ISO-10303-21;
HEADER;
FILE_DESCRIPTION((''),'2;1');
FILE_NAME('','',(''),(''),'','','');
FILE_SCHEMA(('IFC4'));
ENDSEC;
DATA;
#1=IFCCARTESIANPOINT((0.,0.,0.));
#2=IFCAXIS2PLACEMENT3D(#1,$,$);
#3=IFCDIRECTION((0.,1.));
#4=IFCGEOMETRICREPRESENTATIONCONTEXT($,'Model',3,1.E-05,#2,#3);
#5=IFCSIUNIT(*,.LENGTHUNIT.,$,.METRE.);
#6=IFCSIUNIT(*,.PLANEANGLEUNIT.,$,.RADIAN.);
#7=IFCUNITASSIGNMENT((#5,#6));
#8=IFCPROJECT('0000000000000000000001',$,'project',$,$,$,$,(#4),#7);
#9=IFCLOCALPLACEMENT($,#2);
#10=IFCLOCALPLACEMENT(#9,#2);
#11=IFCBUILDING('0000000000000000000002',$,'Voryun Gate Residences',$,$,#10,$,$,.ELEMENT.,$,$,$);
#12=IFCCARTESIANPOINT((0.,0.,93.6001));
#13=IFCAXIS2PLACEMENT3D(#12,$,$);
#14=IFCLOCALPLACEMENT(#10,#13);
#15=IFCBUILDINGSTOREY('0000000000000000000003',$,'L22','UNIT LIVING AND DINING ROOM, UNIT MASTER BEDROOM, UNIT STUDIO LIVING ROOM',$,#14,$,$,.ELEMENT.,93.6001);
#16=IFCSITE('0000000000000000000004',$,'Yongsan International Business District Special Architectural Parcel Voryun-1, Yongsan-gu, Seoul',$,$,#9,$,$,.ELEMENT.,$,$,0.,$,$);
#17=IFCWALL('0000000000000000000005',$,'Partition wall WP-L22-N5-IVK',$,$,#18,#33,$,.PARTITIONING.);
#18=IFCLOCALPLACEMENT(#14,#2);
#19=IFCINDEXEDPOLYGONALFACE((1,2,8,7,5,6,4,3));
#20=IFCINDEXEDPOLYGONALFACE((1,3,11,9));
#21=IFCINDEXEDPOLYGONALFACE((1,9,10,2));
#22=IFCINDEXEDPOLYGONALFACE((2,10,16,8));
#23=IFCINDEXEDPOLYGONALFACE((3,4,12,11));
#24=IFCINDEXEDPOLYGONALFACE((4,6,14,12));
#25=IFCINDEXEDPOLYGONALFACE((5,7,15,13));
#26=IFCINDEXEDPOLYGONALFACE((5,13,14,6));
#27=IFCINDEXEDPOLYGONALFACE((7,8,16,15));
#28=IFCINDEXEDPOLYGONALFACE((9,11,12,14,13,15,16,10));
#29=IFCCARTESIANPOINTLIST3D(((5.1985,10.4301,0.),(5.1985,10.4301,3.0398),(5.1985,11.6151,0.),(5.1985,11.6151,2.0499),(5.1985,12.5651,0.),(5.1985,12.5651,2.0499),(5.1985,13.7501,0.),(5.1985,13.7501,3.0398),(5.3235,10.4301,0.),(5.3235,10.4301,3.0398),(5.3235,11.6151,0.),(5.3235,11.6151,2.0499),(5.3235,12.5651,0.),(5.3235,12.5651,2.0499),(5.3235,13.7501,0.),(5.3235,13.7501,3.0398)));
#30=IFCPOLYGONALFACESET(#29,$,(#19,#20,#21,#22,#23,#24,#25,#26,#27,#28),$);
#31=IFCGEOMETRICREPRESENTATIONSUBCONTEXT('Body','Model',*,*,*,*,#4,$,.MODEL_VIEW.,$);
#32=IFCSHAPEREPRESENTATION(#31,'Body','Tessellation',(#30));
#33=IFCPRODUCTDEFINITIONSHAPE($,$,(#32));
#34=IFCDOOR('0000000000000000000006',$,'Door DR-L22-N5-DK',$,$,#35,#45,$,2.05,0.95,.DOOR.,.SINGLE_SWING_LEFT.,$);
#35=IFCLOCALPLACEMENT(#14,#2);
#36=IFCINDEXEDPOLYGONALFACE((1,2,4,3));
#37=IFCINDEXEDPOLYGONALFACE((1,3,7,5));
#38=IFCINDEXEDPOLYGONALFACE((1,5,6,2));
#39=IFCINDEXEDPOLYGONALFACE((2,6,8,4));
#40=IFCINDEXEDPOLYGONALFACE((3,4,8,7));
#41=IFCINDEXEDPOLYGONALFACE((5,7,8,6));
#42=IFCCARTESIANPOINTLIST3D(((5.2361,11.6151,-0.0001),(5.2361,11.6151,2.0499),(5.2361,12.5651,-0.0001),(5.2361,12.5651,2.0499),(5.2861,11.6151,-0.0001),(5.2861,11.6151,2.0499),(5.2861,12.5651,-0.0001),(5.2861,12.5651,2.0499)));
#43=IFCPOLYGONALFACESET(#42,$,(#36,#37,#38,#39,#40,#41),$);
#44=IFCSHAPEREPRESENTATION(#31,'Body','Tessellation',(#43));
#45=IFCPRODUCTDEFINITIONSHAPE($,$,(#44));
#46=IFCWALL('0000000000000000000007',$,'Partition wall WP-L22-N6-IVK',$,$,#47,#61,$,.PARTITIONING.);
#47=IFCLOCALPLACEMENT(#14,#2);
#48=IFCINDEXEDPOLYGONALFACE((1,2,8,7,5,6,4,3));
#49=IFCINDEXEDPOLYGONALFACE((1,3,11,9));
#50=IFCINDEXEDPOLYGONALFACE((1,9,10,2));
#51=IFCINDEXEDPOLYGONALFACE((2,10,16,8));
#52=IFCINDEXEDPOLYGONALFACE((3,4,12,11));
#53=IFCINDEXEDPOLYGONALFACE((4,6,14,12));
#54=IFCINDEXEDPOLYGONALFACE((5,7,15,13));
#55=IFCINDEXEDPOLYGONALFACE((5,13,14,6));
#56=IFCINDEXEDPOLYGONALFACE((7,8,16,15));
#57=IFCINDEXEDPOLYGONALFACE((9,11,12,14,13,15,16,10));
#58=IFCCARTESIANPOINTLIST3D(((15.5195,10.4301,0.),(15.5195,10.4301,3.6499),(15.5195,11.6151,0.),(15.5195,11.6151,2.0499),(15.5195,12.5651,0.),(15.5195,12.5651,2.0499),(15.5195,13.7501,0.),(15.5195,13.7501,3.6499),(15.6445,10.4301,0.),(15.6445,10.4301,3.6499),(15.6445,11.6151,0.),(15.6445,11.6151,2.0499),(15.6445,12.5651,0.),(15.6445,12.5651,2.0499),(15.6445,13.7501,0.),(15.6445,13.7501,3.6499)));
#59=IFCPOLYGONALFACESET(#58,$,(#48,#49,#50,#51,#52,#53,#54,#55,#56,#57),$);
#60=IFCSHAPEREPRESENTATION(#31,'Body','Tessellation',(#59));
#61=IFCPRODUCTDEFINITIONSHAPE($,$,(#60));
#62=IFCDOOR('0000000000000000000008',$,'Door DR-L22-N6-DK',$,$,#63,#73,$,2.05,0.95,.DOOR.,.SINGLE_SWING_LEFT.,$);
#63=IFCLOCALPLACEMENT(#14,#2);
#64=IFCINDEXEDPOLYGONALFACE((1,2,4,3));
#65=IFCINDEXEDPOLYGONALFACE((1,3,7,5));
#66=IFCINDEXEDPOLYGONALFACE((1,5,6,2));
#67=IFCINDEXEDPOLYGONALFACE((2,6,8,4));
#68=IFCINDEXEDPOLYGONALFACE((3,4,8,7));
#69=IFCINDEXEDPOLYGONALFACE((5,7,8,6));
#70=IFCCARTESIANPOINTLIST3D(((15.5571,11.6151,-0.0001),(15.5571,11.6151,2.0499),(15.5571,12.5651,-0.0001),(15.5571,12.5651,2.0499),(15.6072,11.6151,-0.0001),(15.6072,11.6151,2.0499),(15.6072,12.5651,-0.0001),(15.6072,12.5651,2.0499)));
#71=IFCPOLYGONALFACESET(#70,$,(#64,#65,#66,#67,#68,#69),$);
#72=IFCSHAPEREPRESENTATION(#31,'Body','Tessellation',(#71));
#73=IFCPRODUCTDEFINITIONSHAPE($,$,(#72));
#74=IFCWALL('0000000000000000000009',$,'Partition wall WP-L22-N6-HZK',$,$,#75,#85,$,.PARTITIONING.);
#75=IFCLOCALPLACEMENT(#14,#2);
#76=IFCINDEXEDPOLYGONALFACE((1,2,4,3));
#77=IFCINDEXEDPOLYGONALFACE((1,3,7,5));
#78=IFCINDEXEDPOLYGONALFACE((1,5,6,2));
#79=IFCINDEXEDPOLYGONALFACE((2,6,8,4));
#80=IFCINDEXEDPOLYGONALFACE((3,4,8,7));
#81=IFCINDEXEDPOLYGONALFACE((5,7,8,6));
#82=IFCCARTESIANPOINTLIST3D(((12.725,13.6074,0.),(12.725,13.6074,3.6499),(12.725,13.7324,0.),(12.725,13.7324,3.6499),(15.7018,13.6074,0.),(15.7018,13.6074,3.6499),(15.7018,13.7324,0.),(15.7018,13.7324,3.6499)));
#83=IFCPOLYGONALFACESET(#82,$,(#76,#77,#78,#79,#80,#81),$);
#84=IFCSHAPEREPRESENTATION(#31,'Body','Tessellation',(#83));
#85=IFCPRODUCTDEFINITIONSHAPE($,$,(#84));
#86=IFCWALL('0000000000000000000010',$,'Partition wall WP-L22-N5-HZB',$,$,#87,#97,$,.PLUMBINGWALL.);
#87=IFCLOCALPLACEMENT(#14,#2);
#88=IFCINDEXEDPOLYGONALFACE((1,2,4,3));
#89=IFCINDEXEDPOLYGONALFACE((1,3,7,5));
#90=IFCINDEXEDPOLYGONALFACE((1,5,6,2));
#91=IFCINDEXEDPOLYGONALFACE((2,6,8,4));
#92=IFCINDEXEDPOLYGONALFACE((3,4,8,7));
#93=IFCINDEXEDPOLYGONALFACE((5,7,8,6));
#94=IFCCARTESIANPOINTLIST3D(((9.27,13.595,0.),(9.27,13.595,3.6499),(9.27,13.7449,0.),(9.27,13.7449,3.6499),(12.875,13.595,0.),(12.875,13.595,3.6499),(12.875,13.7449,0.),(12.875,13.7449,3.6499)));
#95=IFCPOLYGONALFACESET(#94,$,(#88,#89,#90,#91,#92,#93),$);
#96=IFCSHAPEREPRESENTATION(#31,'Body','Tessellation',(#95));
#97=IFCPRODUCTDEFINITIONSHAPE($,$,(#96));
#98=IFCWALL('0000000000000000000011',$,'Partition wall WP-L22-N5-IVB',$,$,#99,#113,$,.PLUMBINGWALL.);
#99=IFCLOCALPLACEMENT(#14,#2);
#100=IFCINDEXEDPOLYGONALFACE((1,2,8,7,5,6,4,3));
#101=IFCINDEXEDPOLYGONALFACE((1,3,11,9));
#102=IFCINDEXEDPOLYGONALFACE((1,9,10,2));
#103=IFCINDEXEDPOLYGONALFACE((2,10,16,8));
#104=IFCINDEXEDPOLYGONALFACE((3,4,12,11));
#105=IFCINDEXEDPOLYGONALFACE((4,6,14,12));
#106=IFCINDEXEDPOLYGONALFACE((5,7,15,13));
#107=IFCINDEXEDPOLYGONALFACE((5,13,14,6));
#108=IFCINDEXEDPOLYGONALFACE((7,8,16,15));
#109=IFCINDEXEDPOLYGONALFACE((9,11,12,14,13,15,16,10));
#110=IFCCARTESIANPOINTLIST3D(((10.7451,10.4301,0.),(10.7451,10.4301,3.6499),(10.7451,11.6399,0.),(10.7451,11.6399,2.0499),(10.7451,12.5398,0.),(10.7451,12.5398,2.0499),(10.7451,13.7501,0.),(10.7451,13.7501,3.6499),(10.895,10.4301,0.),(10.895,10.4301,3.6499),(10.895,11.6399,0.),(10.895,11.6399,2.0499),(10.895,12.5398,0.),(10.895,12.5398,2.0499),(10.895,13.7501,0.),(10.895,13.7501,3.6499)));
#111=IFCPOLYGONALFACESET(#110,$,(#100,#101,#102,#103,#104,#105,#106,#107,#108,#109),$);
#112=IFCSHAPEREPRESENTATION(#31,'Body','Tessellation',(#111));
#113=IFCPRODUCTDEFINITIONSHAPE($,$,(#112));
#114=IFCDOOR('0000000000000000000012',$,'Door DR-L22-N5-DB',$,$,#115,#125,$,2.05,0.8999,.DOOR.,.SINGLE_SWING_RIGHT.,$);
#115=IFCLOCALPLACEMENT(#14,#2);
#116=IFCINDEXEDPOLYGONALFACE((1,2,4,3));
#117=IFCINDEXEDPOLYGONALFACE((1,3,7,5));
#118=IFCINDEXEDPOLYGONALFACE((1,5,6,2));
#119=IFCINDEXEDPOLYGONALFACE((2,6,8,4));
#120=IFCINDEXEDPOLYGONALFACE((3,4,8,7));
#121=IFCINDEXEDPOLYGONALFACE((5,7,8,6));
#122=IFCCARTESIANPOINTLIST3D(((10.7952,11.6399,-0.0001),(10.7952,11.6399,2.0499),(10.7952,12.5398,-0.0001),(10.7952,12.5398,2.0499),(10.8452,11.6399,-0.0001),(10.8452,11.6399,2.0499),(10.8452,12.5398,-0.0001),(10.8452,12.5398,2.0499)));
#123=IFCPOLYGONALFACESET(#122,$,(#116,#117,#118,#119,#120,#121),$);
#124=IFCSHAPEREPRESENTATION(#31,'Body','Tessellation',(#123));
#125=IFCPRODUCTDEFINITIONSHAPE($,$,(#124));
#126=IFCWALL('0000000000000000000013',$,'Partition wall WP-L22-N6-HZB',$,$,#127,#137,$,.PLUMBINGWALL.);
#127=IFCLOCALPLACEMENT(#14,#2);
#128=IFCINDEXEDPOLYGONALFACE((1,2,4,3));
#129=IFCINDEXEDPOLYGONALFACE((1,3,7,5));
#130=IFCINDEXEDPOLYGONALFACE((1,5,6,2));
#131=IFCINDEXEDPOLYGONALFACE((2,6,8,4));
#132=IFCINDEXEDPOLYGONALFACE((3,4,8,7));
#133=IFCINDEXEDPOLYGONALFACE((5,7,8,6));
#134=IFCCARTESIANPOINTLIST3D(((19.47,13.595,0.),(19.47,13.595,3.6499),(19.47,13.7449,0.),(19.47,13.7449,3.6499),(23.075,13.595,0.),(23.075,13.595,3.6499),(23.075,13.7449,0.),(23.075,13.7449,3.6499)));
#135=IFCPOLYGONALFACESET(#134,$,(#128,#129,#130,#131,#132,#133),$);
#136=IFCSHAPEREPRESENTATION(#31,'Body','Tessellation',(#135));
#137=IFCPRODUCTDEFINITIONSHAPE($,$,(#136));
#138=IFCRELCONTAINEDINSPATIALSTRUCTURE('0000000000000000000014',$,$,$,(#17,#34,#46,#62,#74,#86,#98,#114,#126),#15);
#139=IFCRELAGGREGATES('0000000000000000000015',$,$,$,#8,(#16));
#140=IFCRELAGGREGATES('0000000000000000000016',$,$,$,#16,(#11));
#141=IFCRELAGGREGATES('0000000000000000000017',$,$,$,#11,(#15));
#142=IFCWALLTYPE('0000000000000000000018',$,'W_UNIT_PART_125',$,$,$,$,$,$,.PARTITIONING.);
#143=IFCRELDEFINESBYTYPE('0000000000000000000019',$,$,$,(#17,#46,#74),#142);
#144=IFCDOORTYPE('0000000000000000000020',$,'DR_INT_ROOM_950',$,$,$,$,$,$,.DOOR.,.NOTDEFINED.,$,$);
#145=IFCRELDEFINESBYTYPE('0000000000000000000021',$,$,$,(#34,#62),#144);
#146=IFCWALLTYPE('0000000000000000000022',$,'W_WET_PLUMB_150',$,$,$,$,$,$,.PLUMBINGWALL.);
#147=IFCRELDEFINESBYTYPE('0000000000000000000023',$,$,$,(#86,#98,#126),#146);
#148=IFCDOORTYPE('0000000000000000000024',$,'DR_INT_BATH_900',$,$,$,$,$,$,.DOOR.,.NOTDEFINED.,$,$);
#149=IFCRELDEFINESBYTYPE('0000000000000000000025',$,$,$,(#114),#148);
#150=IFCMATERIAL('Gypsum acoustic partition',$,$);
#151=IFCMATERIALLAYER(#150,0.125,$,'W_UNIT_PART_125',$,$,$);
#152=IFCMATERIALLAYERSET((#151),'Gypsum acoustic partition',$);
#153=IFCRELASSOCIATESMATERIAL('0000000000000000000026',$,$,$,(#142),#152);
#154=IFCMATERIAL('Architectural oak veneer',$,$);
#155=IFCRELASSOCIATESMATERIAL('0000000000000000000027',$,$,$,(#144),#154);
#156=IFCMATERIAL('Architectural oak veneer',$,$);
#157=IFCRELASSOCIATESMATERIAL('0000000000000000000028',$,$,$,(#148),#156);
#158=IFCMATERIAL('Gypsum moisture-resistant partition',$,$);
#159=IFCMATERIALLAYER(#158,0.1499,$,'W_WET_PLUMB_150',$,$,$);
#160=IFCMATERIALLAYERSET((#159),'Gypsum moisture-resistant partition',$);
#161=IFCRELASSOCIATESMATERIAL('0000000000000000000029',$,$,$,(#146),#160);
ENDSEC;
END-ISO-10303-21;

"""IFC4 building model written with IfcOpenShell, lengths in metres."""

from ifc_helpers import new_model, si_unit, direction, frame, frame_2d, origin, place, context, subcontext, project, spatial, rectangle, extrude, material, layer, layer_set, type_object, element, fill, save


model = new_model("IFC4")

# Units and contexts
model_context = context("Model", 3, precision=1e-05, world=origin(), true_north=direction((0.0, 1.0)))
body_context = subcontext(model_context, "Body", "Model", "MODEL_VIEW")
ifc_project = project(units=[si_unit("LENGTHUNIT", "METRE"), si_unit("PLANEANGLEUNIT", "RADIAN")], contexts=[model_context])

# Site, building, storey
site_placement = place(None, origin())
site = spatial("IfcSite", under=ifc_project, at=site_placement, Name="Yongsan International Business District Special Architectural Parcel Voryun-1, Yongsan-gu, Seoul", CompositionType="ELEMENT", RefElevation=0.0)
building_placement = place(site_placement, origin())
building = spatial("IfcBuilding", under=site, at=building_placement, Name="Voryun Gate Residences", CompositionType="ELEMENT")
storey_placement = place(building_placement, frame((0.0, 0.0, 93.6001)))
storey = spatial("IfcBuildingStorey", under=building, at=storey_placement, Name="L22", Description="UNIT LIVING AND DINING ROOM, UNIT MASTER BEDROOM, UNIT STUDIO LIVING ROOM", CompositionType="ELEMENT", Elevation=93.6001)

# Walls, openings, doors
ifc_material_1 = material(Name="Gypsum acoustic partition")
ifc_layer_1 = layer(ifc_material_1, 0.125, Name="W_UNIT_PART_125")
ifc_layer_set_1 = layer_set([ifc_layer_1], Name="Gypsum acoustic partition")
wall_type_1 = type_object("IfcWallType", Name="W_UNIT_PART_125", PredefinedType="PARTITIONING", material=ifc_layer_set_1)
ifc_material_2 = material(Name="Architectural oak veneer")
door_type_1 = type_object("IfcDoorType", Name="DR_INT_ROOM_950", OperationType="NOTDEFINED", PredefinedType="DOOR", material=ifc_material_2)
ifc_material_3 = material(Name="Architectural oak veneer")
door_type_2 = type_object("IfcDoorType", Name="DR_INT_BATH_900", OperationType="NOTDEFINED", PredefinedType="DOOR", material=ifc_material_3)
wall_1_placement = place(storey_placement, frame((5.261, 10.4299, 0.0), z_axis=(0.0, 0.0, 1.0), x_axis=(0.0, 1.0, 0.0)))
wall_1 = element("IfcWall", 1, at=wall_1_placement, inside=storey, type_object=wall_type_1, Name="Partition wall WP-L22-N5-IVK", PredefinedType="PARTITIONING", context=body_context, shape_type="SweptSolid", body=[
    extrude(rectangle(XDim=3.3201, YDim=0.125, at=frame_2d((1.6602, 0.0))), origin(), (0.0, 0.0, 1.0), 3.0398),
])
opening_1_placement = place(wall_1_placement, frame((1.1851, 0.0, 0.0)))
opening_1 = element("IfcOpeningElement", 2, at=opening_1_placement, cuts=wall_1, PredefinedType="OPENING", context=body_context, shape_type="SweptSolid", body=[
    extrude(rectangle(XDim=0.95, YDim=2.05, at=frame_2d((0.4751, 1.0249))), frame((0.0, 0.0725, 0.0), z_axis=(0.0, -1.0, 0.0), x_axis=(1.0, 0.0, 0.0)), (0.0, 0.0, 1.0), 0.145),
])
door_1_placement = place(opening_1_placement, origin())
door_1 = element("IfcDoor", 3, at=door_1_placement, inside=storey, type_object=door_type_1, Name="Door DR-L22-N5-DK", OperationType="SINGLE_SWING_LEFT", OverallHeight=2.05, OverallWidth=0.95, PredefinedType="DOOR", context=body_context, shape_type="SweptSolid", body=[
    extrude(rectangle(XDim=0.95, YDim=2.05, at=frame_2d((0.4751, 1.0249))), frame((0.0, 0.0249, 0.0), z_axis=(0.0, -1.0, 0.0), x_axis=(1.0, 0.0, 0.0)), (0.0, 0.0, 1.0), 0.05),
])
fill(opening_1, door_1)
wall_2_placement = place(storey_placement, frame((15.582, 10.4299, 0.0), z_axis=(0.0, 0.0, 1.0), x_axis=(0.0, 1.0, 0.0)))
wall_2 = element("IfcWall", 4, at=wall_2_placement, inside=storey, type_object=wall_type_1, Name="Partition wall WP-L22-N6-IVK", PredefinedType="PARTITIONING", context=body_context, shape_type="SweptSolid", body=[
    extrude(rectangle(XDim=3.3201, YDim=0.125, at=frame_2d((1.6602, 0.0))), origin(), (0.0, 0.0, 1.0), 3.6499),
])
opening_2_placement = place(wall_2_placement, frame((1.1851, 0.0, 0.0)))
opening_2 = element("IfcOpeningElement", 5, at=opening_2_placement, cuts=wall_2, PredefinedType="OPENING", context=body_context, shape_type="SweptSolid", body=[
    extrude(rectangle(XDim=0.95, YDim=2.05, at=frame_2d((0.4751, 1.0249))), frame((0.0, 0.0725, 0.0), z_axis=(0.0, -1.0, 0.0), x_axis=(1.0, 0.0, 0.0)), (0.0, 0.0, 1.0), 0.145),
])
door_2_placement = place(opening_2_placement, origin())
door_2 = element("IfcDoor", 6, at=door_2_placement, inside=storey, type_object=door_type_1, Name="Door DR-L22-N6-DK", OperationType="SINGLE_SWING_LEFT", OverallHeight=2.05, OverallWidth=0.95, PredefinedType="DOOR", context=body_context, shape_type="SweptSolid", body=[
    extrude(rectangle(XDim=0.95, YDim=2.05, at=frame_2d((0.4751, 1.0249))), frame((0.0, 0.0249, 0.0), z_axis=(0.0, -1.0, 0.0), x_axis=(1.0, 0.0, 0.0)), (0.0, 0.0, 1.0), 0.05),
])
fill(opening_2, door_2)

# Walls
wall_3_placement = place(storey_placement, frame((12.7251, 13.6699, 0.0), z_axis=(0.0, 0.0, 1.0), x_axis=(1.0, 0.0, 0.0)))
element("IfcWall", 7, at=wall_3_placement, inside=storey, type_object=wall_type_1, Name="Partition wall WP-L22-N6-HZK", PredefinedType="PARTITIONING", context=body_context, shape_type="SweptSolid", body=[
    extrude(rectangle(XDim=2.9768, YDim=0.125, at=frame_2d((1.4883, 0.0))), origin(), (0.0, 0.0, 1.0), 3.6499),
])
ifc_material_4 = material(Name="Gypsum moisture-resistant partition")
ifc_layer_2 = layer(ifc_material_4, 0.1499, Name="W_WET_PLUMB_150")
ifc_layer_set_2 = layer_set([ifc_layer_2], Name="Gypsum moisture-resistant partition")
wall_type_2 = type_object("IfcWallType", Name="W_WET_PLUMB_150", PredefinedType="PLUMBINGWALL", material=ifc_layer_set_2)
wall_4_placement = place(storey_placement, frame((9.27, 13.6699, 0.0), z_axis=(0.0, 0.0, 1.0), x_axis=(1.0, 0.0, 0.0)))
element("IfcWall", 8, at=wall_4_placement, inside=storey, type_object=wall_type_2, Name="Partition wall WP-L22-N5-HZB", PredefinedType="PLUMBINGWALL", context=body_context, shape_type="SweptSolid", body=[
    extrude(rectangle(XDim=3.605, YDim=0.1499, at=frame_2d((1.8025, 0.0))), origin(), (0.0, 0.0, 1.0), 3.6499),
])

# Wall, opening, door
wall_5_placement = place(storey_placement, frame((10.8201, 10.4299, 0.0), z_axis=(0.0, 0.0, 1.0), x_axis=(0.0, 1.0, 0.0)))
wall_5 = element("IfcWall", 9, at=wall_5_placement, inside=storey, type_object=wall_type_2, Name="Partition wall WP-L22-N5-IVB", PredefinedType="PLUMBINGWALL", context=body_context, shape_type="SweptSolid", body=[
    extrude(rectangle(XDim=3.3201, YDim=0.1499, at=frame_2d((1.6602, 0.0))), origin(), (0.0, 0.0, 1.0), 3.6499),
])
opening_3_placement = place(wall_5_placement, frame((1.21, 0.0, 0.0)))
opening_3 = element("IfcOpeningElement", 10, at=opening_3_placement, cuts=wall_5, PredefinedType="OPENING", context=body_context, shape_type="SweptSolid", body=[
    extrude(rectangle(XDim=0.8999, YDim=2.05, at=frame_2d((0.45, 1.0249))), frame((0.0, 0.085, 0.0), z_axis=(0.0, -1.0, 0.0), x_axis=(1.0, 0.0, 0.0)), (0.0, 0.0, 1.0), 0.1699),
])
door_3_placement = place(opening_3_placement, origin())
door_3 = element("IfcDoor", 11, at=door_3_placement, inside=storey, type_object=door_type_2, Name="Door DR-L22-N5-DB", OperationType="SINGLE_SWING_RIGHT", OverallHeight=2.05, OverallWidth=0.8999, PredefinedType="DOOR", context=body_context, shape_type="SweptSolid", body=[
    extrude(rectangle(XDim=0.8999, YDim=2.05, at=frame_2d((0.45, 1.0249))), frame((0.0, 0.0249, 0.0), z_axis=(0.0, -1.0, 0.0), x_axis=(1.0, 0.0, 0.0)), (0.0, 0.0, 1.0), 0.05),
])
fill(opening_3, door_3)

# Wall
wall_6_placement = place(storey_placement, frame((19.47, 13.6699, 0.0), z_axis=(0.0, 0.0, 1.0), x_axis=(1.0, 0.0, 0.0)))
element("IfcWall", 12, at=wall_6_placement, inside=storey, type_object=wall_type_2, Name="Partition wall WP-L22-N6-HZB", PredefinedType="PLUMBINGWALL", context=body_context, shape_type="SweptSolid", body=[
    extrude(rectangle(XDim=3.605, YDim=0.1499, at=frame_2d((1.8025, 0.0))), origin(), (0.0, 0.0, 1.0), 3.6499),
])

save(model, "model.ifc")
